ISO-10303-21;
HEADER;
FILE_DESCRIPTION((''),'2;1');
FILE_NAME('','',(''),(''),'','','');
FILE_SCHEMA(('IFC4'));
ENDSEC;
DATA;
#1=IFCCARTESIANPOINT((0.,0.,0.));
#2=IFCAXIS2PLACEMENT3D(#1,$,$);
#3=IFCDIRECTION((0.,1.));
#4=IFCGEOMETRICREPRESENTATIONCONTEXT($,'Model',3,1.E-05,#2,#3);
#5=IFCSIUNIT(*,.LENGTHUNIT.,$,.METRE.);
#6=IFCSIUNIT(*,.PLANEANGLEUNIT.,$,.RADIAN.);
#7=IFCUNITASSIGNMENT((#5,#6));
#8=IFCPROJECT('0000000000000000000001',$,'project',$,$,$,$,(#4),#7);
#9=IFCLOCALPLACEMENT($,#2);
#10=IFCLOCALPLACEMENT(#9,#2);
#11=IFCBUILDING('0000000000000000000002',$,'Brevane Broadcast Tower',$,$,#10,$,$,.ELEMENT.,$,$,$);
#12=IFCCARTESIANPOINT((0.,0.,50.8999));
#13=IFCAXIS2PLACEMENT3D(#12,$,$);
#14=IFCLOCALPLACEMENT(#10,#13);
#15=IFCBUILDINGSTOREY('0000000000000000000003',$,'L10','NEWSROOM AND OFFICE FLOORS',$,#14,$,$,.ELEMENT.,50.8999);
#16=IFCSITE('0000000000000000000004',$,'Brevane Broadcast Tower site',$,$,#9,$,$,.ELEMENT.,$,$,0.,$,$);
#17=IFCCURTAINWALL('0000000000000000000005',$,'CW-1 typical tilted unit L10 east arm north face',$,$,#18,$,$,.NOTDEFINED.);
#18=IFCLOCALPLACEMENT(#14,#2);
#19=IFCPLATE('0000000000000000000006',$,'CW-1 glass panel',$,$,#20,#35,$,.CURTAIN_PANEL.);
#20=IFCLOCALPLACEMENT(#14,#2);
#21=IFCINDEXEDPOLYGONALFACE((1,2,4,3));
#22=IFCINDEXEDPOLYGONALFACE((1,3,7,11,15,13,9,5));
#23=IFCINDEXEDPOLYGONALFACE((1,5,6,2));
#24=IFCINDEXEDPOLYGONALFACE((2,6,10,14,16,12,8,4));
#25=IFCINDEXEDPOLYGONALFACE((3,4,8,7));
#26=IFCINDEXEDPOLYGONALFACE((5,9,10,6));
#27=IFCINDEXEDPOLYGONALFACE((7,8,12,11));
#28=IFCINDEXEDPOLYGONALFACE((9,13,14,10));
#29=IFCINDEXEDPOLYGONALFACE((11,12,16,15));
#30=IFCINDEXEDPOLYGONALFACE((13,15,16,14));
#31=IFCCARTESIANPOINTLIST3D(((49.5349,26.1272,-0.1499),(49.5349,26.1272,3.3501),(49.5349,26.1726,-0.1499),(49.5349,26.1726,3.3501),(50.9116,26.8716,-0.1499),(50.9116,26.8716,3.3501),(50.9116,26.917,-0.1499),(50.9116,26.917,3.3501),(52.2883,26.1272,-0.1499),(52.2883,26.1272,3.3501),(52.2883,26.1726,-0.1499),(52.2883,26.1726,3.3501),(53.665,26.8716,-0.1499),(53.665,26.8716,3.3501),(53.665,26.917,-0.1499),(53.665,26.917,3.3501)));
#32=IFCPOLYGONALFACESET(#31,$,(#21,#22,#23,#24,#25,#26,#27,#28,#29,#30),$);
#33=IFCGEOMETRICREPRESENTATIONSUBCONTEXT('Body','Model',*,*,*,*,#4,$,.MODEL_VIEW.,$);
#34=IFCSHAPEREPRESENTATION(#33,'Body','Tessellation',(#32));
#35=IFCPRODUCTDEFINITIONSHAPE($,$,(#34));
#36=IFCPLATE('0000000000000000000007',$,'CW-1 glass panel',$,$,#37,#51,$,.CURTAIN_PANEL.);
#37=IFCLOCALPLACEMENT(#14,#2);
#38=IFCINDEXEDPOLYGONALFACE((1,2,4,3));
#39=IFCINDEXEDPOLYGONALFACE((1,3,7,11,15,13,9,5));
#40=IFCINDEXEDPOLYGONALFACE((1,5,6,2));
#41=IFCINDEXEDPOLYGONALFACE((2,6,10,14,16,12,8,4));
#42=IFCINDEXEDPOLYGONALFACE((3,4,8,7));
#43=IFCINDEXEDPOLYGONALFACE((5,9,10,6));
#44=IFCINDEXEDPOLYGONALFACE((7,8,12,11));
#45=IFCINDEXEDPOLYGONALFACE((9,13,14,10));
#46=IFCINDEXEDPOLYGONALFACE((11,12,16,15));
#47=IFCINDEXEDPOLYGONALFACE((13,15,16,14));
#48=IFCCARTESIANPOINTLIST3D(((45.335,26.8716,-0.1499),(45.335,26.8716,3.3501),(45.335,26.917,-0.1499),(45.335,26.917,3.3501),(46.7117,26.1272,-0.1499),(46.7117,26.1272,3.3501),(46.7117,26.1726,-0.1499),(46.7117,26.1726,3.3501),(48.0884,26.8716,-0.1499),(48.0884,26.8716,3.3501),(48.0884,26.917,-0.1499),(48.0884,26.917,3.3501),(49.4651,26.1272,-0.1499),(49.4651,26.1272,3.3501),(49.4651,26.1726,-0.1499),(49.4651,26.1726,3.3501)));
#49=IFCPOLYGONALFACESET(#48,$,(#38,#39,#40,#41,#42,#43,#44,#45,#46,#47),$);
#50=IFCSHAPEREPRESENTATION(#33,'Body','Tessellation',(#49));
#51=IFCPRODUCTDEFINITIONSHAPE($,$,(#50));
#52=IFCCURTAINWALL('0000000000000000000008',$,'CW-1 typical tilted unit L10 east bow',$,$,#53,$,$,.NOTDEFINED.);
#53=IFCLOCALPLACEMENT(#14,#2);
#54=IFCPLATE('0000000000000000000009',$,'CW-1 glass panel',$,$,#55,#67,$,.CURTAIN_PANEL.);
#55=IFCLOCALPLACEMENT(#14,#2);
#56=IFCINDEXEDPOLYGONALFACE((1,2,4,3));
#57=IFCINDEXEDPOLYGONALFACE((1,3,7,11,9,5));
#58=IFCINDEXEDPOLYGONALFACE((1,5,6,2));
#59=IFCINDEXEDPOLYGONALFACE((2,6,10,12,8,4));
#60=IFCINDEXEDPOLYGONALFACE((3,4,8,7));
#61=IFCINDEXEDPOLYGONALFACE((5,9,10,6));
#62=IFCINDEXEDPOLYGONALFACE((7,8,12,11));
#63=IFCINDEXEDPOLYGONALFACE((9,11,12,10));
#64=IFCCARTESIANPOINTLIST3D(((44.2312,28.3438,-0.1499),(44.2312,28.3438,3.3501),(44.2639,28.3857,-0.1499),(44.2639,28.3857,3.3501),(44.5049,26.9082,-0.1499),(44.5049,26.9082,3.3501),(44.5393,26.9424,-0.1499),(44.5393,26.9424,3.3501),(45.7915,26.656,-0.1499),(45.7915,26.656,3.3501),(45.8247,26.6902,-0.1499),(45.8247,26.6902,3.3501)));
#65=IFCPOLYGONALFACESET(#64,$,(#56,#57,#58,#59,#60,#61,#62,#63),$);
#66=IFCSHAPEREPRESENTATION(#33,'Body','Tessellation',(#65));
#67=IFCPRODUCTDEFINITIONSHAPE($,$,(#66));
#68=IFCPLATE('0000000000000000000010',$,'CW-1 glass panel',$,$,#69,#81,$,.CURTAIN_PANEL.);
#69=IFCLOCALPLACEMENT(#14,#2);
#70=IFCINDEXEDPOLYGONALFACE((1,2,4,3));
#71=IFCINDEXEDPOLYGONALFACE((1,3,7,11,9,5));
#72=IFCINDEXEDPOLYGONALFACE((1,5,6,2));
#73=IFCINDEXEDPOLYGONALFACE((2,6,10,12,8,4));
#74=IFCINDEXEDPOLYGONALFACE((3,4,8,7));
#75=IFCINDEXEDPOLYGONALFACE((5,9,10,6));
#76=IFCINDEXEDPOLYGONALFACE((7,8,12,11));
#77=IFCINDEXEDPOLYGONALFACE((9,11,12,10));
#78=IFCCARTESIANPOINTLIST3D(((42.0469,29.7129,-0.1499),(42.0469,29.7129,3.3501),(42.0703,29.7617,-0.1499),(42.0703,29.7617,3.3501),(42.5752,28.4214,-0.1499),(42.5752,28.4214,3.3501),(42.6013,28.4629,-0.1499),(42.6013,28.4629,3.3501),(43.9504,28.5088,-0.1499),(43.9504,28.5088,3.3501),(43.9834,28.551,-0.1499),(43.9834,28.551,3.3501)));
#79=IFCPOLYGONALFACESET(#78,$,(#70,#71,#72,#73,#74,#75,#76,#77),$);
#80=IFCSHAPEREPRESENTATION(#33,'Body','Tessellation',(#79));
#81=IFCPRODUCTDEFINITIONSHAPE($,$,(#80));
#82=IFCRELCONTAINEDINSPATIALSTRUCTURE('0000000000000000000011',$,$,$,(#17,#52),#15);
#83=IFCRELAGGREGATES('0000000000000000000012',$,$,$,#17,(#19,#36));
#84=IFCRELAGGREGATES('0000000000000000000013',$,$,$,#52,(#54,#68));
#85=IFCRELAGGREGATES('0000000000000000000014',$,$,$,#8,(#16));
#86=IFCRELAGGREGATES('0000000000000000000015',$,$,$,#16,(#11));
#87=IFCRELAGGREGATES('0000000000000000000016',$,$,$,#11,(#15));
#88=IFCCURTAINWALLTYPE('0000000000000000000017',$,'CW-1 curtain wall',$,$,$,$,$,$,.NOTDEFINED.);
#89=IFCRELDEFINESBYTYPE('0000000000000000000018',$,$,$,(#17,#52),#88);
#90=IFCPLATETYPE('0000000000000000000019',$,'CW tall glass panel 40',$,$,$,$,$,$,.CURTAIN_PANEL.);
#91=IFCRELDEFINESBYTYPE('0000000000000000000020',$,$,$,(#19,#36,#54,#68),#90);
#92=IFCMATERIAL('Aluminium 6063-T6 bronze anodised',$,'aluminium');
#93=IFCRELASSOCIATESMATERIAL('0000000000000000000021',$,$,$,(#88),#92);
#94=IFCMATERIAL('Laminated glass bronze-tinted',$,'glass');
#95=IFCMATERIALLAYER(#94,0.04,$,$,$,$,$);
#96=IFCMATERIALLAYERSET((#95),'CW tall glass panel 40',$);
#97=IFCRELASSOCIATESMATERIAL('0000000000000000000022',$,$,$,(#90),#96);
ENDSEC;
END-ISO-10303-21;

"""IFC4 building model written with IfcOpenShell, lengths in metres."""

from ifc_helpers import new_model, si_unit, direction, frame, origin, place, context, subcontext, project, spatial, polyline, outline, extrude, material, layer, layer_set, type_object, element, aggregate, save


model = new_model("IFC4")

# Units and contexts
model_context = context("Model", 3, precision=1e-05, world=origin(), true_north=direction((0.0, 1.0)))
body_context = subcontext(model_context, "Body", "Model", "MODEL_VIEW")
ifc_project = project(units=[si_unit("LENGTHUNIT", "METRE"), si_unit("PLANEANGLEUNIT", "RADIAN")], contexts=[model_context])

# Site, building, storey
site_placement = place(None, origin())
site = spatial("IfcSite", under=ifc_project, at=site_placement, Name="Brevane Broadcast Tower site", CompositionType="ELEMENT", RefElevation=0.0)
building_placement = place(site_placement, origin())
building = spatial("IfcBuilding", under=site, at=building_placement, Name="Brevane Broadcast Tower", CompositionType="ELEMENT")
storey_placement = place(building_placement, frame((0.0, 0.0, 50.8999)))
storey = spatial("IfcBuildingStorey", under=building, at=storey_placement, Name="L10", Description="NEWSROOM AND OFFICE FLOORS", CompositionType="ELEMENT", Elevation=50.8999)

# Curtain walls, plates
ifc_material_1 = material(Name="Aluminium 6063-T6 bronze anodised", Category="aluminium")
curtain_wall_type = type_object("IfcCurtainWallType", Name="CW-1 curtain wall", PredefinedType="NOTDEFINED", material=ifc_material_1)
ifc_material_2 = material(Name="Laminated glass bronze-tinted", Category="glass")
ifc_layer = layer(ifc_material_2, 0.04)
ifc_layer_set = layer_set([ifc_layer], Name="CW tall glass panel 40")
plate_type = type_object("IfcPlateType", Name="CW tall glass panel 40", PredefinedType="CURTAIN_PANEL", material=ifc_layer_set)
curtain_wall_1_placement = place(storey_placement, origin())
curtain_wall_1 = element("IfcCurtainWall", 1, at=curtain_wall_1_placement, inside=storey, type_object=curtain_wall_type, Name="CW-1 typical tilted unit L10 east arm north face", PredefinedType="NOTDEFINED")
plate_1_placement = place(storey_placement, frame((0.0, 0.0, -0.1499)))
plate_1 = element("IfcPlate", 2, at=plate_1_placement, type_object=plate_type, Name="CW-1 glass panel", PredefinedType="CURTAIN_PANEL", context=body_context, shape_type="SweptSolid", body=[
    extrude(outline(polyline([(53.665, 26.8716), (53.665, 26.917), (52.2883, 26.1726), (50.9116, 26.917), (49.5349, 26.1726), (49.5349, 26.1272), (50.9116, 26.8716), (52.2883, 26.1272), (53.665, 26.8716)])), origin(), (0.0, 0.0, 1.0), 3.5),
])
plate_2_placement = place(storey_placement, frame((0.0, 0.0, -0.1499)))
plate_2 = element("IfcPlate", 3, at=plate_2_placement, type_object=plate_type, Name="CW-1 glass panel", PredefinedType="CURTAIN_PANEL", context=body_context, shape_type="SweptSolid", body=[
    extrude(outline(polyline([(49.4651, 26.1272), (49.4651, 26.1726), (48.0884, 26.917), (46.7117, 26.1726), (45.335, 26.917), (45.335, 26.8716), (46.7117, 26.1272), (48.0884, 26.8716), (49.4651, 26.1272)])), origin(), (0.0, 0.0, 1.0), 3.5),
])
aggregate(curtain_wall_1, [plate_1, plate_2])
curtain_wall_2_placement = place(storey_placement, origin())
curtain_wall_2 = element("IfcCurtainWall", 4, at=curtain_wall_2_placement, inside=storey, type_object=curtain_wall_type, Name="CW-1 typical tilted unit L10 east bow", PredefinedType="NOTDEFINED")
plate_3_placement = place(storey_placement, frame((0.0, 0.0, -0.1499)))
plate_3 = element("IfcPlate", 5, at=plate_3_placement, type_object=plate_type, Name="CW-1 glass panel", PredefinedType="CURTAIN_PANEL", context=body_context, shape_type="SweptSolid", body=[
    extrude(outline(polyline([(45.7915, 26.656), (45.8247, 26.6902), (44.5393, 26.9424), (44.2639, 28.3857), (44.2312, 28.3438), (44.5049, 26.9082), (45.7915, 26.656)])), origin(), (0.0, 0.0, 1.0), 3.5),
])
plate_4_placement = place(storey_placement, frame((0.0, 0.0, -0.1499)))
plate_4 = element("IfcPlate", 6, at=plate_4_placement, type_object=plate_type, Name="CW-1 glass panel", PredefinedType="CURTAIN_PANEL", context=body_context, shape_type="SweptSolid", body=[
    extrude(outline(polyline([(43.9504, 28.5088), (43.9834, 28.551), (42.6013, 28.4629), (42.0703, 29.7617), (42.0469, 29.7129), (42.5752, 28.4214), (43.9504, 28.5088)])), origin(), (0.0, 0.0, 1.0), 3.5),
])
aggregate(curtain_wall_2, [plate_3, plate_4])

save(model, "model.ifc")
